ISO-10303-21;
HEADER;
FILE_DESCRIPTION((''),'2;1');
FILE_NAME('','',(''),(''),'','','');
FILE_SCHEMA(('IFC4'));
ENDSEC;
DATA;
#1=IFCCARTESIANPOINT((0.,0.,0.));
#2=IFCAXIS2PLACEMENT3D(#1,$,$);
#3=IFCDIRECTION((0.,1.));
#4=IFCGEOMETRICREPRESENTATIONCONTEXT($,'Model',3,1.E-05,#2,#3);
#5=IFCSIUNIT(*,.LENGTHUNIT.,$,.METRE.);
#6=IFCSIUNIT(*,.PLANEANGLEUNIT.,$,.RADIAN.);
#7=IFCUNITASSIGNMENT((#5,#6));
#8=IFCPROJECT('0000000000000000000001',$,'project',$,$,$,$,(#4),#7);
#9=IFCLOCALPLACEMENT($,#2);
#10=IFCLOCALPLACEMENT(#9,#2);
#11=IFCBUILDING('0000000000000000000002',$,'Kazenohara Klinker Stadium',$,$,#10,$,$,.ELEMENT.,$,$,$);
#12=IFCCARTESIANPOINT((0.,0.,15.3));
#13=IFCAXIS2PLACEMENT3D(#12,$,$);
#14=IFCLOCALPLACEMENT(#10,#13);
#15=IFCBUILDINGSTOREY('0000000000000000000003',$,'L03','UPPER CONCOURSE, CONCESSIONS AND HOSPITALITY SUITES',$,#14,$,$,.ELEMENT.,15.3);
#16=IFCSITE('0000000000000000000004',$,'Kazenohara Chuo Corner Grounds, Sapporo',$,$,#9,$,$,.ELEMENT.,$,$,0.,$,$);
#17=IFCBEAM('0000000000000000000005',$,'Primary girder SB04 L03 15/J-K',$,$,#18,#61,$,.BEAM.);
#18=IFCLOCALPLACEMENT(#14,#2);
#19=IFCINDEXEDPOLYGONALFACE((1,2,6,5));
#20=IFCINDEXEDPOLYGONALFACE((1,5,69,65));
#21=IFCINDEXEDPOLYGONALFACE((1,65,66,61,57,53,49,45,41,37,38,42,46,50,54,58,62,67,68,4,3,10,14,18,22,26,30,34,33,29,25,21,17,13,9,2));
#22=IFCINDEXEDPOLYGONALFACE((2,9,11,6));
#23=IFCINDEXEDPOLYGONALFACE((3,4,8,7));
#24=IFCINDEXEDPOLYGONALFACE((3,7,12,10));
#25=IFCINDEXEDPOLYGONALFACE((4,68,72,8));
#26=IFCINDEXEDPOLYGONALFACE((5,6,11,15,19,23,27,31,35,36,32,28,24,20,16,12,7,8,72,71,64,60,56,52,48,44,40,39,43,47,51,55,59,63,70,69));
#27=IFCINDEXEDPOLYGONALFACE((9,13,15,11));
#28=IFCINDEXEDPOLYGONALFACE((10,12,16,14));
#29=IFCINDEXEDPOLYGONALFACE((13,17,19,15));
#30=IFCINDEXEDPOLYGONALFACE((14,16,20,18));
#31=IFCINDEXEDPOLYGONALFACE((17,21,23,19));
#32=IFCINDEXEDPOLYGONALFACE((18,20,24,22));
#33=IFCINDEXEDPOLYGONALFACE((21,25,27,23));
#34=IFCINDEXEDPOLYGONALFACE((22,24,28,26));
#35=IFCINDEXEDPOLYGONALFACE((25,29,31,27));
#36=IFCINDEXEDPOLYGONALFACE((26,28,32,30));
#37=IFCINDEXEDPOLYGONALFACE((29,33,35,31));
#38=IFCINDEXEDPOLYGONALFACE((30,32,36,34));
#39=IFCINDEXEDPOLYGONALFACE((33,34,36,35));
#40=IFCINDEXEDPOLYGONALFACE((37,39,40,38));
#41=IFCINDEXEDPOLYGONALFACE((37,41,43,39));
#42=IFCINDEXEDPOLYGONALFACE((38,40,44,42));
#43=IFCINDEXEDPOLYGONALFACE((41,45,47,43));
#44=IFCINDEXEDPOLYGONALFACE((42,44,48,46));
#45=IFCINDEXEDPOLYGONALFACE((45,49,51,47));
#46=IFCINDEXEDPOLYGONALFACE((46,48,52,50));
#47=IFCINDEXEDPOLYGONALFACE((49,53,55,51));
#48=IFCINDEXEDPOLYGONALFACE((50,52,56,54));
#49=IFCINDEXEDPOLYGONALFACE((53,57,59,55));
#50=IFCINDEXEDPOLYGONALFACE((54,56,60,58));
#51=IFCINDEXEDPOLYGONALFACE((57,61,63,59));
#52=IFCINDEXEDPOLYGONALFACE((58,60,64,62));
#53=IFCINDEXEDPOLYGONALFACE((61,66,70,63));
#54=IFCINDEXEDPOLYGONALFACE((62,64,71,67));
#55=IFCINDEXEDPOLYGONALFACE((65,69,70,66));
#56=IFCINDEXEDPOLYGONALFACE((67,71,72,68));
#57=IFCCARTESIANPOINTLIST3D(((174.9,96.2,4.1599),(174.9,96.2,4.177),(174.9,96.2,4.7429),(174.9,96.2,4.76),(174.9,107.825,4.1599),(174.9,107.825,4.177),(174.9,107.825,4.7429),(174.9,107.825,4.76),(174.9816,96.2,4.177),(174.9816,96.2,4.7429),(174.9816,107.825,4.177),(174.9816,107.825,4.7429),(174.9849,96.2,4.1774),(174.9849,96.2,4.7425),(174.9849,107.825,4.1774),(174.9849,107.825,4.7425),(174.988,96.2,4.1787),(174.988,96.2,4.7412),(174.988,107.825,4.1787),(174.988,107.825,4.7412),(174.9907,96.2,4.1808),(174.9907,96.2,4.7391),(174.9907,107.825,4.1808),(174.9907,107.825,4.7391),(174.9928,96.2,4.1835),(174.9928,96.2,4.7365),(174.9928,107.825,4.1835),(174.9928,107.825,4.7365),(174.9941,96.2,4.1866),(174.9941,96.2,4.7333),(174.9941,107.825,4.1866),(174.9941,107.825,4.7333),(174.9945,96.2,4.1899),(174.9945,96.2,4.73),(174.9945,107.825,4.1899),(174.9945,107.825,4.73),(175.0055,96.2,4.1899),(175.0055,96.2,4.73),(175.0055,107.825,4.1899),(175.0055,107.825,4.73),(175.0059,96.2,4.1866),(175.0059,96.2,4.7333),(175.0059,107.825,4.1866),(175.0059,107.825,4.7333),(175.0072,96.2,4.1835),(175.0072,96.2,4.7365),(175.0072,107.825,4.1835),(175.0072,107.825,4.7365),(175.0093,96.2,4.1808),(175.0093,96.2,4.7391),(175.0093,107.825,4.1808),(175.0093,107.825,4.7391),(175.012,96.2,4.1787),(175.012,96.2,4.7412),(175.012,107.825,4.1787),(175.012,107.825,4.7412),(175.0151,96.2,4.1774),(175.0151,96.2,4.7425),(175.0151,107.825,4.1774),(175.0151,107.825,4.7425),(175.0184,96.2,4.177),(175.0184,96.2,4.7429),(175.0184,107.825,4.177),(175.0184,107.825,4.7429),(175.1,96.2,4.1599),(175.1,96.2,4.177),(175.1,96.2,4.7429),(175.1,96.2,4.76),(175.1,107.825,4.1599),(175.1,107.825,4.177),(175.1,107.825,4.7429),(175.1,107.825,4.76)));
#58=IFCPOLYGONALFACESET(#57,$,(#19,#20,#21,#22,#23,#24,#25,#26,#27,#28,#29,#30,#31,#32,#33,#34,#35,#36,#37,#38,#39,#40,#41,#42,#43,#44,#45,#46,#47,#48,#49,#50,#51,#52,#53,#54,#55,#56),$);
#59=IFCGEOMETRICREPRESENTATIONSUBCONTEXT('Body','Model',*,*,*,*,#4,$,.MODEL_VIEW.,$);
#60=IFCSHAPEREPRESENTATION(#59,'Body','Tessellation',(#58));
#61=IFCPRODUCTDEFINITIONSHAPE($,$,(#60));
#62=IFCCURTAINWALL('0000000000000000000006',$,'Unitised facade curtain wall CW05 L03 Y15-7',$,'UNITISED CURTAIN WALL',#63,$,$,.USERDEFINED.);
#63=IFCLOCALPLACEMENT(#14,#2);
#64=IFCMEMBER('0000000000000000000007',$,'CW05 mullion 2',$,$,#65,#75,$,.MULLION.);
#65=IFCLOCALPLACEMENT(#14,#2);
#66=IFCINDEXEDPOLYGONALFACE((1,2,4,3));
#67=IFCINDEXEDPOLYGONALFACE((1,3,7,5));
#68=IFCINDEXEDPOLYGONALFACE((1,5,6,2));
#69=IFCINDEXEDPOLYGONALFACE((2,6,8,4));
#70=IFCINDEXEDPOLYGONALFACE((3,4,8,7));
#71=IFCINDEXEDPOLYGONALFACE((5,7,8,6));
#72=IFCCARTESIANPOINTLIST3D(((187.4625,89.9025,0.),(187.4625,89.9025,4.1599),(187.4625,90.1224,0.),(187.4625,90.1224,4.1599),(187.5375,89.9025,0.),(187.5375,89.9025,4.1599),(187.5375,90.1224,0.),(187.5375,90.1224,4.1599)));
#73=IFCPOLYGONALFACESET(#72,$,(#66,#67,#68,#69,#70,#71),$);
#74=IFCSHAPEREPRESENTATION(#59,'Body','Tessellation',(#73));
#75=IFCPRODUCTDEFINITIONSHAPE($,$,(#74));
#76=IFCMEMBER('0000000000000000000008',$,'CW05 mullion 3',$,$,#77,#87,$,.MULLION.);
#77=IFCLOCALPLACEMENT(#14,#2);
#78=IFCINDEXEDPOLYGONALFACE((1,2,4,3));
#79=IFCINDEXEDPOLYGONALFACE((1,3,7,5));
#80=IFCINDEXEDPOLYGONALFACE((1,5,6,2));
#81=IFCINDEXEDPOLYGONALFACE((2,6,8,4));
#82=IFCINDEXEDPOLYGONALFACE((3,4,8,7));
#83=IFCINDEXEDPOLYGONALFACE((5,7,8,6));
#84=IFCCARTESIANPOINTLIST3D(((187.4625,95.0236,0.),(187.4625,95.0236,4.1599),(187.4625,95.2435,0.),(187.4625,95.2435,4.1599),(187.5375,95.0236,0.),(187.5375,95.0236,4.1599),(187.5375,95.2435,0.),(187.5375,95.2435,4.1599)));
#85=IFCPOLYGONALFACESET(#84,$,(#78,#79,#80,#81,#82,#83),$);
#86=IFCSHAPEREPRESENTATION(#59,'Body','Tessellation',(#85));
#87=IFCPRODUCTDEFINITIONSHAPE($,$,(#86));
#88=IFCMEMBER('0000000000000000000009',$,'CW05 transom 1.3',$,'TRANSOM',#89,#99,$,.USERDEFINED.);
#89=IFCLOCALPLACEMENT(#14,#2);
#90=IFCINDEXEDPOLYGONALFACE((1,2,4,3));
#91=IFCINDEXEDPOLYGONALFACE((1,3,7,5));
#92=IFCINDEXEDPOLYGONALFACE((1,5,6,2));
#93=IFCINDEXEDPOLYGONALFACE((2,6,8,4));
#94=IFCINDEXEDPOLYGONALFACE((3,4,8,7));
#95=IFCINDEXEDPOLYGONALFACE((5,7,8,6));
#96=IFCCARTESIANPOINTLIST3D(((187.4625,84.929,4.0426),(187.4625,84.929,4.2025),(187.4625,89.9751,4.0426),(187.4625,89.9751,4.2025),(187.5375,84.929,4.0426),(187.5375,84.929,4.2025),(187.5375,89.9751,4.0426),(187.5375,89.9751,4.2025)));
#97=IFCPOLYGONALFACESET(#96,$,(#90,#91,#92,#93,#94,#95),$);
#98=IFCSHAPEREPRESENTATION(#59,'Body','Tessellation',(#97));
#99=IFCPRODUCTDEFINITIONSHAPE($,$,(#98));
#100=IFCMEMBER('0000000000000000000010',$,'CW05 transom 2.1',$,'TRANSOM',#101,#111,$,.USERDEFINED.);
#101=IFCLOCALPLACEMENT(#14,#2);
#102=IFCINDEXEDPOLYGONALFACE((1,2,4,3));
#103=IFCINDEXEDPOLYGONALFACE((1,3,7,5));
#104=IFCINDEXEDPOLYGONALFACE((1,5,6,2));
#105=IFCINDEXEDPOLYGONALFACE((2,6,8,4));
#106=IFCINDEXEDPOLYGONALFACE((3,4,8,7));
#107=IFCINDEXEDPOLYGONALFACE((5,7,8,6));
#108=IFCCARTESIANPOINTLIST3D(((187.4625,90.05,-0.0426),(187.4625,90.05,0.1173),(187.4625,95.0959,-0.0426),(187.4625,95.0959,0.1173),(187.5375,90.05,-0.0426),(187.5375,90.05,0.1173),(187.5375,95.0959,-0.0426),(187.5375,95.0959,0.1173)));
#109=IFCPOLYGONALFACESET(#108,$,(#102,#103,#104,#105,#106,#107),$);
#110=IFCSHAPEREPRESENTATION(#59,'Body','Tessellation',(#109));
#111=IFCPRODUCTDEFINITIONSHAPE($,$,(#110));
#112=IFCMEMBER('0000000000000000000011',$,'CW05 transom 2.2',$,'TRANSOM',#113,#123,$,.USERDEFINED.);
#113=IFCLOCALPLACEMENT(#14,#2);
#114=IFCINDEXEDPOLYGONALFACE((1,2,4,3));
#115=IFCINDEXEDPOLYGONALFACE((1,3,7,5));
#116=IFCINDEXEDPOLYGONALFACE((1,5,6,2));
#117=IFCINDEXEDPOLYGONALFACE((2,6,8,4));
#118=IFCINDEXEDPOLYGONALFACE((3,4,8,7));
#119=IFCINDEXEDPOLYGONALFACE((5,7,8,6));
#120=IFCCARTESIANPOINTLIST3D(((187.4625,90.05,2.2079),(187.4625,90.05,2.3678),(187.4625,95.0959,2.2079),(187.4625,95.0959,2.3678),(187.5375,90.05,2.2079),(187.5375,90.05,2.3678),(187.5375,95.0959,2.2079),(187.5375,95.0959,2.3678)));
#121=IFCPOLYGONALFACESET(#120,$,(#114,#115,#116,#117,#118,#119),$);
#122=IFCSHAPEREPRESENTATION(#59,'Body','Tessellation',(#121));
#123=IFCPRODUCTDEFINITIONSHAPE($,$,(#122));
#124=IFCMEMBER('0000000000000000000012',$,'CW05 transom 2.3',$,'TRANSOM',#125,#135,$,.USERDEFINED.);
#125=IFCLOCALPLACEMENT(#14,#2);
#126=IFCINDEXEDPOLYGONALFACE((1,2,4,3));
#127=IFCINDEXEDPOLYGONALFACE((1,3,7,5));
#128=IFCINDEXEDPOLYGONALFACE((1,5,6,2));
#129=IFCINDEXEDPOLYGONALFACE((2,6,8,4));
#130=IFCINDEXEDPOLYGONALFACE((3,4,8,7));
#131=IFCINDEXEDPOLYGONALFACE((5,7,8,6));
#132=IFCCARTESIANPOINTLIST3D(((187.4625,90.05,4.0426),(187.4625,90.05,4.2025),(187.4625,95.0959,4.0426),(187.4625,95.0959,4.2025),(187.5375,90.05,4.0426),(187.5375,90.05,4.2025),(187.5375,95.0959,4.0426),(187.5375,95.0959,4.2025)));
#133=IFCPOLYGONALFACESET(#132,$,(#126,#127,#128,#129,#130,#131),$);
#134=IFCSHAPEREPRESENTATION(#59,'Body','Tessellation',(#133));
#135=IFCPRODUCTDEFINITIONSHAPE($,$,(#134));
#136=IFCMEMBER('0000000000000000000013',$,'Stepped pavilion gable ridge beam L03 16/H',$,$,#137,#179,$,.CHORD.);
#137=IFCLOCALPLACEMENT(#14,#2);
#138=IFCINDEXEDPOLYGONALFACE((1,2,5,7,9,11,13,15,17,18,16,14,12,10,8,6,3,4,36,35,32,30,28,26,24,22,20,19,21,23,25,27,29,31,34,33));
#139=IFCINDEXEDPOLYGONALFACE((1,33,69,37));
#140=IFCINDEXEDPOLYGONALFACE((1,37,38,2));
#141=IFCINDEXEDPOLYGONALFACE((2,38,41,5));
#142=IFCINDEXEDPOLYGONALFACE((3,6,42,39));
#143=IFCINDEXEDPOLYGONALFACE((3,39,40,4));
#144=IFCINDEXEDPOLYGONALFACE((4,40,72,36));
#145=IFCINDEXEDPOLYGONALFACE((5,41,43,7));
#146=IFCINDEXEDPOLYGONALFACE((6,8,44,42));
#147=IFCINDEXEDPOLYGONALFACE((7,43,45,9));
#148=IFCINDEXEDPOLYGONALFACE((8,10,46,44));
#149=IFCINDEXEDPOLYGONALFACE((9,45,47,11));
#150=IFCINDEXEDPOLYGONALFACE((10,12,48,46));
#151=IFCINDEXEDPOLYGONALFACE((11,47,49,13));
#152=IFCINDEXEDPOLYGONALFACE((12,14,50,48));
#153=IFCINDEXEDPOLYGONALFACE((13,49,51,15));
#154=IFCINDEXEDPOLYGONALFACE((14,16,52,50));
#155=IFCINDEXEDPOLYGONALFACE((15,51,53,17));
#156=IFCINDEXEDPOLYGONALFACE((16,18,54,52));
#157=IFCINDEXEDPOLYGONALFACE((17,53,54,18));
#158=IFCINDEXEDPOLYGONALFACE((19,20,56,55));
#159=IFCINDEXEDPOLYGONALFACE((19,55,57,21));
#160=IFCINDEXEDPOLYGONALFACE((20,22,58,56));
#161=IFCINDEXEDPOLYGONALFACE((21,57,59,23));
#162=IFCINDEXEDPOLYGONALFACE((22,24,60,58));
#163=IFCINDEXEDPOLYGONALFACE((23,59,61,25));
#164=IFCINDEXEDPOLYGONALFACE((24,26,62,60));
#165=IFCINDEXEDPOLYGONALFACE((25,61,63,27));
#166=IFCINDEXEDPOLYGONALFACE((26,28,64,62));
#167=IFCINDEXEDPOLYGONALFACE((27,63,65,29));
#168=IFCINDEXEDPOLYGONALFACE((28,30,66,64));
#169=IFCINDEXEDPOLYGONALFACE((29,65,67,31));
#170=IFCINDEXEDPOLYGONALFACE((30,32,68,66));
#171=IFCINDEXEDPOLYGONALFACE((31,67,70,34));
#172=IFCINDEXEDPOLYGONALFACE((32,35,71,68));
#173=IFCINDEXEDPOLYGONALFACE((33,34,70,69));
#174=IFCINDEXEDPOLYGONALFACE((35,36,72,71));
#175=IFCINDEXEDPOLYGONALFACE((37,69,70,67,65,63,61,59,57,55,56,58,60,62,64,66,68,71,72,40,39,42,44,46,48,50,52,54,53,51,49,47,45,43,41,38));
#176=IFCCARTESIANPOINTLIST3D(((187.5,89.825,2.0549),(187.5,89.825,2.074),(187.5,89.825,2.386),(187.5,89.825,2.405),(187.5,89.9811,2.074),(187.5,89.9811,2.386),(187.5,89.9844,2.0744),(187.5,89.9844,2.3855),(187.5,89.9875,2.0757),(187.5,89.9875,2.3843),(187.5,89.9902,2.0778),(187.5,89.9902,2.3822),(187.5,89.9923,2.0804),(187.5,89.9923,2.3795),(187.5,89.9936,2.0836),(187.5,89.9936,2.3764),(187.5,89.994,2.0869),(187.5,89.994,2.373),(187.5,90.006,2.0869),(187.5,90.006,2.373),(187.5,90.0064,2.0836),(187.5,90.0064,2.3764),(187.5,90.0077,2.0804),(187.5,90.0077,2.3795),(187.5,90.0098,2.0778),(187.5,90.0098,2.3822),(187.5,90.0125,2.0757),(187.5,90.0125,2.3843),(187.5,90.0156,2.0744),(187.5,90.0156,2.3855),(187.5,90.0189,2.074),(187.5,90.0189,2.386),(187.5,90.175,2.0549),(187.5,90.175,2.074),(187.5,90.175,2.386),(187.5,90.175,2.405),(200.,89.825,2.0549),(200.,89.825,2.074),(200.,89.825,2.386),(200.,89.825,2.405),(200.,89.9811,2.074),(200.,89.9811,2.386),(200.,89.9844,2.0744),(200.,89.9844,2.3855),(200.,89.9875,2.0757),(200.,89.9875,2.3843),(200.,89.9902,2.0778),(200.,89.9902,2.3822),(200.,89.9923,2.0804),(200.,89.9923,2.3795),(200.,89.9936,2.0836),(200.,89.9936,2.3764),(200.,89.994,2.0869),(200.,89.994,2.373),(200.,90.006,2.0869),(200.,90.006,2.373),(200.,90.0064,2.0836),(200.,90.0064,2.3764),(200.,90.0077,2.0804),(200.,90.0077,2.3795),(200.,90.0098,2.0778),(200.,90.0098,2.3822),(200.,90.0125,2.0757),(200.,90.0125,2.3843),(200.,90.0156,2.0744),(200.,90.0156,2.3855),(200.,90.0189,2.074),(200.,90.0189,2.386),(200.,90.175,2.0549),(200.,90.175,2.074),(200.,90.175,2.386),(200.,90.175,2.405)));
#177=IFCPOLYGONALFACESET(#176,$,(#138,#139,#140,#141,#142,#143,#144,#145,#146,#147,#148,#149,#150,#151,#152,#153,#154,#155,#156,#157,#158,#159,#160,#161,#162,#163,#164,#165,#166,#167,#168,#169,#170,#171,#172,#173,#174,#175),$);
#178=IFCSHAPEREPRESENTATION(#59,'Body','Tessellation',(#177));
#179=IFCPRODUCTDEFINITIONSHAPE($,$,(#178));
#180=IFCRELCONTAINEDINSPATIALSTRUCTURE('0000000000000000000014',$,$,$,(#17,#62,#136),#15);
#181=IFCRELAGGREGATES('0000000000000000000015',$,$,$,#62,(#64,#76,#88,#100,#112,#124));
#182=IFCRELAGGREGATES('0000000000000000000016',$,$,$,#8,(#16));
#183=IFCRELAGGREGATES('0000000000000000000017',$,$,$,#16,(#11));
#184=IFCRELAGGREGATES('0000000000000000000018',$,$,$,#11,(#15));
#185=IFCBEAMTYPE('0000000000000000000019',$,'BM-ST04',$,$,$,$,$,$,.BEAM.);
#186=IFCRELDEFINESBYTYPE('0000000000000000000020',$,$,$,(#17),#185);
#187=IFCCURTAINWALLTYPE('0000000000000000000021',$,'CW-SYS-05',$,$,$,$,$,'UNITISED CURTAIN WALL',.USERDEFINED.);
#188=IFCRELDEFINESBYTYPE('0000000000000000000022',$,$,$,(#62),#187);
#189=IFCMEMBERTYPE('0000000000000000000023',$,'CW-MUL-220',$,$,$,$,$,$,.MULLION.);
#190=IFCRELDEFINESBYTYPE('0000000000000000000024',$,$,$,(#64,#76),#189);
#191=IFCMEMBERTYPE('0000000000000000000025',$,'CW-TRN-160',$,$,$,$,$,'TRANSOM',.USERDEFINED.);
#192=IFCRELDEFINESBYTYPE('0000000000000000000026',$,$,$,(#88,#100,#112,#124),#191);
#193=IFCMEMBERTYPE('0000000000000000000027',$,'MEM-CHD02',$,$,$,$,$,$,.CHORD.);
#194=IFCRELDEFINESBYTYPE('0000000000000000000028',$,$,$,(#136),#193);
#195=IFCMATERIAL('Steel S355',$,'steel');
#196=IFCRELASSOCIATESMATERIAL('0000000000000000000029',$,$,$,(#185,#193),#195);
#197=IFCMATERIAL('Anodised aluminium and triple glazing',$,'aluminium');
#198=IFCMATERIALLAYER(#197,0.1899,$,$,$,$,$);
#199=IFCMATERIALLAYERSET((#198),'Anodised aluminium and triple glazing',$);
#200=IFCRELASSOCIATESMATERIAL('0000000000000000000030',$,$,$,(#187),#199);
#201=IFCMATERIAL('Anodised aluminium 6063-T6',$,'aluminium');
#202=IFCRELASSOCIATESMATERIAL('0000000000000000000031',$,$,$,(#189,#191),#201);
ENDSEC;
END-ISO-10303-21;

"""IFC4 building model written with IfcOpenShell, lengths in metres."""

from ifc_helpers import new_model, si_unit, direction, frame, origin, origin_2d, place, context, subcontext, project, spatial, rectangle, i_section, extrude, material, layer, layer_set, material_profile, profile_set, type_object, element, aggregate, save


model = new_model("IFC4")

# Units and contexts
model_context = context("Model", 3, precision=1e-05, world=origin(), true_north=direction((0.0, 1.0)))
body_context = subcontext(model_context, "Body", "Model", "MODEL_VIEW")
ifc_project = project(units=[si_unit("LENGTHUNIT", "METRE"), si_unit("PLANEANGLEUNIT", "RADIAN")], contexts=[model_context])

# Site, building, storey
site_placement = place(None, origin())
site = spatial("IfcSite", under=ifc_project, at=site_placement, Name="Kazenohara Chuo Corner Grounds, Sapporo", CompositionType="ELEMENT", RefElevation=0.0)
building_placement = place(site_placement, origin())
building = spatial("IfcBuilding", under=site, at=building_placement, Name="Kazenohara Klinker Stadium", CompositionType="ELEMENT")
storey_placement = place(building_placement, frame((0.0, 0.0, 15.3)))
storey = spatial("IfcBuildingStorey", under=building, at=storey_placement, Name="L03", Description="UPPER CONCOURSE, CONCESSIONS AND HOSPITALITY SUITES", CompositionType="ELEMENT", Elevation=15.3)

# Shared definitions
ifc_material_1 = material(Name="Steel S355", Category="steel")

# Beam
ifc_material_profile_1 = material_profile(ifc_material_1, i_section(OverallWidth=0.2, OverallDepth=0.6001, WebThickness=0.011, FlangeThickness=0.0171, FilletRadius=0.0129, at=origin_2d()), Name="H-600x200x11x17")
ifc_profile_set_1 = profile_set([ifc_material_profile_1], Name="Steel S355")
beam_type_1 = type_object("IfcBeamType", Name="BM-ST04", PredefinedType="BEAM", material=ifc_profile_set_1)
beam_1_placement = place(storey_placement, frame((175.0, 96.2, 4.46), z_axis=(0.0, 1.0, 0.0), x_axis=(-1.0, 0.0, 0.0)))
element("IfcBeam", 1, at=beam_1_placement, inside=storey, type_object=beam_type_1, Name="Primary girder SB04 L03 15/J-K", PredefinedType="BEAM", context=body_context, shape_type="SweptSolid", body=[
    extrude(i_section(OverallWidth=0.2, OverallDepth=0.6001, WebThickness=0.011, FlangeThickness=0.0171, FilletRadius=0.0129, at=origin_2d()), origin(), (0.0, 0.0, 1.0), 11.625),
])

# Curtain wall, members
ifc_material_2 = material(Name="Anodised aluminium and triple glazing", Category="aluminium")
ifc_layer_1 = layer(ifc_material_2, 0.1899)
ifc_layer_set_1 = layer_set([ifc_layer_1], Name="Anodised aluminium and triple glazing")
curtain_wall_type = type_object("IfcCurtainWallType", Name="CW-SYS-05", ElementType="UNITISED CURTAIN WALL", PredefinedType="USERDEFINED", material=ifc_layer_set_1)
curtain_wall_placement = place(storey_placement, origin())
curtain_wall = element("IfcCurtainWall", 2, at=curtain_wall_placement, inside=storey, type_object=curtain_wall_type, Name="Unitised facade curtain wall CW05 L03 Y15-7", ObjectType="UNITISED CURTAIN WALL", PredefinedType="USERDEFINED")
ifc_material_3 = material(Name="Anodised aluminium 6063-T6", Category="aluminium")
ifc_material_profile_2 = material_profile(ifc_material_3, rectangle(XDim=0.075, YDim=0.22, at=origin_2d()), Name="ALU-MUL-75x220")
ifc_profile_set_2 = profile_set([ifc_material_profile_2], Name="Anodised aluminium 6063-T6")
member_type_1 = type_object("IfcMemberType", Name="CW-MUL-220", PredefinedType="MULLION", material=ifc_profile_set_2)
member_1_placement = place(storey_placement, frame((187.5, 90.0125, 0.0), z_axis=(0.0, 0.0, 1.0), x_axis=(-1.0, 0.0, 0.0)))
member_1 = element("IfcMember", 3, at=member_1_placement, type_object=member_type_1, Name="CW05 mullion 2", PredefinedType="MULLION", context=body_context, shape_type="SweptSolid", body=[
    extrude(rectangle(XDim=0.075, YDim=0.22, at=origin_2d()), origin(), (0.0, 0.0, 1.0), 4.1599),
])
member_2_placement = place(storey_placement, frame((187.5, 95.1335, 0.0), z_axis=(0.0, 0.0, 1.0), x_axis=(-1.0, 0.0, 0.0)))
member_2 = element("IfcMember", 4, at=member_2_placement, type_object=member_type_1, Name="CW05 mullion 3", PredefinedType="MULLION", context=body_context, shape_type="SweptSolid", body=[
    extrude(rectangle(XDim=0.075, YDim=0.22, at=origin_2d()), origin(), (0.0, 0.0, 1.0), 4.1599),
])
ifc_material_profile_3 = material_profile(ifc_material_3, rectangle(XDim=0.075, YDim=0.1599, at=origin_2d()), Name="ALU-TRN-75x160")
ifc_profile_set_3 = profile_set([ifc_material_profile_3], Name="Anodised aluminium 6063-T6")
member_type_2 = type_object("IfcMemberType", Name="CW-TRN-160", ElementType="TRANSOM", PredefinedType="USERDEFINED", material=ifc_profile_set_3)
member_3_placement = place(storey_placement, frame((187.5, 84.929, 4.1226), z_axis=(0.0, 1.0, 0.0), x_axis=(-1.0, 0.0, 0.0)))
member_3 = element("IfcMember", 5, at=member_3_placement, type_object=member_type_2, Name="CW05 transom 1.3", ObjectType="TRANSOM", PredefinedType="USERDEFINED", context=body_context, shape_type="SweptSolid", body=[
    extrude(rectangle(XDim=0.075, YDim=0.1599, at=origin_2d()), origin(), (0.0, 0.0, 1.0), 5.0461),
])
member_4_placement = place(storey_placement, frame((187.5, 90.05, 0.0374), z_axis=(0.0, 1.0, 0.0), x_axis=(-1.0, 0.0, 0.0)))
member_4 = element("IfcMember", 6, at=member_4_placement, type_object=member_type_2, Name="CW05 transom 2.1", ObjectType="TRANSOM", PredefinedType="USERDEFINED", context=body_context, shape_type="SweptSolid", body=[
    extrude(rectangle(XDim=0.075, YDim=0.1599, at=origin_2d()), origin(), (0.0, 0.0, 1.0), 5.0459),
])
member_5_placement = place(storey_placement, frame((187.5, 90.05, 2.2878), z_axis=(0.0, 1.0, 0.0), x_axis=(-1.0, 0.0, 0.0)))
member_5 = element("IfcMember", 7, at=member_5_placement, type_object=member_type_2, Name="CW05 transom 2.2", ObjectType="TRANSOM", PredefinedType="USERDEFINED", context=body_context, shape_type="SweptSolid", body=[
    extrude(rectangle(XDim=0.075, YDim=0.1599, at=origin_2d()), origin(), (0.0, 0.0, 1.0), 5.0459),
])
member_6_placement = place(storey_placement, frame((187.5, 90.05, 4.1226), z_axis=(0.0, 1.0, 0.0), x_axis=(-1.0, 0.0, 0.0)))
member_6 = element("IfcMember", 8, at=member_6_placement, type_object=member_type_2, Name="CW05 transom 2.3", ObjectType="TRANSOM", PredefinedType="USERDEFINED", context=body_context, shape_type="SweptSolid", body=[
    extrude(rectangle(XDim=0.075, YDim=0.1599, at=origin_2d()), origin(), (0.0, 0.0, 1.0), 5.0459),
])

# Member
ifc_material_profile_4 = material_profile(ifc_material_1, i_section(OverallWidth=0.3501, OverallDepth=0.3501, WebThickness=0.012, FlangeThickness=0.019, FilletRadius=0.0129, at=origin_2d()), Name="H-350x350x12x19")
ifc_profile_set_4 = profile_set([ifc_material_profile_4], Name="Steel S355")
member_type_3 = type_object("IfcMemberType", Name="MEM-CHD02", PredefinedType="CHORD", material=ifc_profile_set_4)
member_7_placement = place(storey_placement, frame((187.5, 90.0, 2.23), z_axis=(1.0, 0.0, 0.0), x_axis=(0.0, 1.0, 0.0)))
element("IfcMember", 9, at=member_7_placement, inside=storey, type_object=member_type_3, Name="Stepped pavilion gable ridge beam L03 16/H", PredefinedType="CHORD", context=body_context, shape_type="SweptSolid", body=[
    extrude(i_section(OverallWidth=0.3501, OverallDepth=0.3501, WebThickness=0.012, FlangeThickness=0.019, FilletRadius=0.0129, at=origin_2d()), origin(), (0.0, 0.0, 1.0), 12.5),
])

aggregate(curtain_wall, [member_1, member_2, member_3, member_4, member_5, member_6])

save(model, "model.ifc")
